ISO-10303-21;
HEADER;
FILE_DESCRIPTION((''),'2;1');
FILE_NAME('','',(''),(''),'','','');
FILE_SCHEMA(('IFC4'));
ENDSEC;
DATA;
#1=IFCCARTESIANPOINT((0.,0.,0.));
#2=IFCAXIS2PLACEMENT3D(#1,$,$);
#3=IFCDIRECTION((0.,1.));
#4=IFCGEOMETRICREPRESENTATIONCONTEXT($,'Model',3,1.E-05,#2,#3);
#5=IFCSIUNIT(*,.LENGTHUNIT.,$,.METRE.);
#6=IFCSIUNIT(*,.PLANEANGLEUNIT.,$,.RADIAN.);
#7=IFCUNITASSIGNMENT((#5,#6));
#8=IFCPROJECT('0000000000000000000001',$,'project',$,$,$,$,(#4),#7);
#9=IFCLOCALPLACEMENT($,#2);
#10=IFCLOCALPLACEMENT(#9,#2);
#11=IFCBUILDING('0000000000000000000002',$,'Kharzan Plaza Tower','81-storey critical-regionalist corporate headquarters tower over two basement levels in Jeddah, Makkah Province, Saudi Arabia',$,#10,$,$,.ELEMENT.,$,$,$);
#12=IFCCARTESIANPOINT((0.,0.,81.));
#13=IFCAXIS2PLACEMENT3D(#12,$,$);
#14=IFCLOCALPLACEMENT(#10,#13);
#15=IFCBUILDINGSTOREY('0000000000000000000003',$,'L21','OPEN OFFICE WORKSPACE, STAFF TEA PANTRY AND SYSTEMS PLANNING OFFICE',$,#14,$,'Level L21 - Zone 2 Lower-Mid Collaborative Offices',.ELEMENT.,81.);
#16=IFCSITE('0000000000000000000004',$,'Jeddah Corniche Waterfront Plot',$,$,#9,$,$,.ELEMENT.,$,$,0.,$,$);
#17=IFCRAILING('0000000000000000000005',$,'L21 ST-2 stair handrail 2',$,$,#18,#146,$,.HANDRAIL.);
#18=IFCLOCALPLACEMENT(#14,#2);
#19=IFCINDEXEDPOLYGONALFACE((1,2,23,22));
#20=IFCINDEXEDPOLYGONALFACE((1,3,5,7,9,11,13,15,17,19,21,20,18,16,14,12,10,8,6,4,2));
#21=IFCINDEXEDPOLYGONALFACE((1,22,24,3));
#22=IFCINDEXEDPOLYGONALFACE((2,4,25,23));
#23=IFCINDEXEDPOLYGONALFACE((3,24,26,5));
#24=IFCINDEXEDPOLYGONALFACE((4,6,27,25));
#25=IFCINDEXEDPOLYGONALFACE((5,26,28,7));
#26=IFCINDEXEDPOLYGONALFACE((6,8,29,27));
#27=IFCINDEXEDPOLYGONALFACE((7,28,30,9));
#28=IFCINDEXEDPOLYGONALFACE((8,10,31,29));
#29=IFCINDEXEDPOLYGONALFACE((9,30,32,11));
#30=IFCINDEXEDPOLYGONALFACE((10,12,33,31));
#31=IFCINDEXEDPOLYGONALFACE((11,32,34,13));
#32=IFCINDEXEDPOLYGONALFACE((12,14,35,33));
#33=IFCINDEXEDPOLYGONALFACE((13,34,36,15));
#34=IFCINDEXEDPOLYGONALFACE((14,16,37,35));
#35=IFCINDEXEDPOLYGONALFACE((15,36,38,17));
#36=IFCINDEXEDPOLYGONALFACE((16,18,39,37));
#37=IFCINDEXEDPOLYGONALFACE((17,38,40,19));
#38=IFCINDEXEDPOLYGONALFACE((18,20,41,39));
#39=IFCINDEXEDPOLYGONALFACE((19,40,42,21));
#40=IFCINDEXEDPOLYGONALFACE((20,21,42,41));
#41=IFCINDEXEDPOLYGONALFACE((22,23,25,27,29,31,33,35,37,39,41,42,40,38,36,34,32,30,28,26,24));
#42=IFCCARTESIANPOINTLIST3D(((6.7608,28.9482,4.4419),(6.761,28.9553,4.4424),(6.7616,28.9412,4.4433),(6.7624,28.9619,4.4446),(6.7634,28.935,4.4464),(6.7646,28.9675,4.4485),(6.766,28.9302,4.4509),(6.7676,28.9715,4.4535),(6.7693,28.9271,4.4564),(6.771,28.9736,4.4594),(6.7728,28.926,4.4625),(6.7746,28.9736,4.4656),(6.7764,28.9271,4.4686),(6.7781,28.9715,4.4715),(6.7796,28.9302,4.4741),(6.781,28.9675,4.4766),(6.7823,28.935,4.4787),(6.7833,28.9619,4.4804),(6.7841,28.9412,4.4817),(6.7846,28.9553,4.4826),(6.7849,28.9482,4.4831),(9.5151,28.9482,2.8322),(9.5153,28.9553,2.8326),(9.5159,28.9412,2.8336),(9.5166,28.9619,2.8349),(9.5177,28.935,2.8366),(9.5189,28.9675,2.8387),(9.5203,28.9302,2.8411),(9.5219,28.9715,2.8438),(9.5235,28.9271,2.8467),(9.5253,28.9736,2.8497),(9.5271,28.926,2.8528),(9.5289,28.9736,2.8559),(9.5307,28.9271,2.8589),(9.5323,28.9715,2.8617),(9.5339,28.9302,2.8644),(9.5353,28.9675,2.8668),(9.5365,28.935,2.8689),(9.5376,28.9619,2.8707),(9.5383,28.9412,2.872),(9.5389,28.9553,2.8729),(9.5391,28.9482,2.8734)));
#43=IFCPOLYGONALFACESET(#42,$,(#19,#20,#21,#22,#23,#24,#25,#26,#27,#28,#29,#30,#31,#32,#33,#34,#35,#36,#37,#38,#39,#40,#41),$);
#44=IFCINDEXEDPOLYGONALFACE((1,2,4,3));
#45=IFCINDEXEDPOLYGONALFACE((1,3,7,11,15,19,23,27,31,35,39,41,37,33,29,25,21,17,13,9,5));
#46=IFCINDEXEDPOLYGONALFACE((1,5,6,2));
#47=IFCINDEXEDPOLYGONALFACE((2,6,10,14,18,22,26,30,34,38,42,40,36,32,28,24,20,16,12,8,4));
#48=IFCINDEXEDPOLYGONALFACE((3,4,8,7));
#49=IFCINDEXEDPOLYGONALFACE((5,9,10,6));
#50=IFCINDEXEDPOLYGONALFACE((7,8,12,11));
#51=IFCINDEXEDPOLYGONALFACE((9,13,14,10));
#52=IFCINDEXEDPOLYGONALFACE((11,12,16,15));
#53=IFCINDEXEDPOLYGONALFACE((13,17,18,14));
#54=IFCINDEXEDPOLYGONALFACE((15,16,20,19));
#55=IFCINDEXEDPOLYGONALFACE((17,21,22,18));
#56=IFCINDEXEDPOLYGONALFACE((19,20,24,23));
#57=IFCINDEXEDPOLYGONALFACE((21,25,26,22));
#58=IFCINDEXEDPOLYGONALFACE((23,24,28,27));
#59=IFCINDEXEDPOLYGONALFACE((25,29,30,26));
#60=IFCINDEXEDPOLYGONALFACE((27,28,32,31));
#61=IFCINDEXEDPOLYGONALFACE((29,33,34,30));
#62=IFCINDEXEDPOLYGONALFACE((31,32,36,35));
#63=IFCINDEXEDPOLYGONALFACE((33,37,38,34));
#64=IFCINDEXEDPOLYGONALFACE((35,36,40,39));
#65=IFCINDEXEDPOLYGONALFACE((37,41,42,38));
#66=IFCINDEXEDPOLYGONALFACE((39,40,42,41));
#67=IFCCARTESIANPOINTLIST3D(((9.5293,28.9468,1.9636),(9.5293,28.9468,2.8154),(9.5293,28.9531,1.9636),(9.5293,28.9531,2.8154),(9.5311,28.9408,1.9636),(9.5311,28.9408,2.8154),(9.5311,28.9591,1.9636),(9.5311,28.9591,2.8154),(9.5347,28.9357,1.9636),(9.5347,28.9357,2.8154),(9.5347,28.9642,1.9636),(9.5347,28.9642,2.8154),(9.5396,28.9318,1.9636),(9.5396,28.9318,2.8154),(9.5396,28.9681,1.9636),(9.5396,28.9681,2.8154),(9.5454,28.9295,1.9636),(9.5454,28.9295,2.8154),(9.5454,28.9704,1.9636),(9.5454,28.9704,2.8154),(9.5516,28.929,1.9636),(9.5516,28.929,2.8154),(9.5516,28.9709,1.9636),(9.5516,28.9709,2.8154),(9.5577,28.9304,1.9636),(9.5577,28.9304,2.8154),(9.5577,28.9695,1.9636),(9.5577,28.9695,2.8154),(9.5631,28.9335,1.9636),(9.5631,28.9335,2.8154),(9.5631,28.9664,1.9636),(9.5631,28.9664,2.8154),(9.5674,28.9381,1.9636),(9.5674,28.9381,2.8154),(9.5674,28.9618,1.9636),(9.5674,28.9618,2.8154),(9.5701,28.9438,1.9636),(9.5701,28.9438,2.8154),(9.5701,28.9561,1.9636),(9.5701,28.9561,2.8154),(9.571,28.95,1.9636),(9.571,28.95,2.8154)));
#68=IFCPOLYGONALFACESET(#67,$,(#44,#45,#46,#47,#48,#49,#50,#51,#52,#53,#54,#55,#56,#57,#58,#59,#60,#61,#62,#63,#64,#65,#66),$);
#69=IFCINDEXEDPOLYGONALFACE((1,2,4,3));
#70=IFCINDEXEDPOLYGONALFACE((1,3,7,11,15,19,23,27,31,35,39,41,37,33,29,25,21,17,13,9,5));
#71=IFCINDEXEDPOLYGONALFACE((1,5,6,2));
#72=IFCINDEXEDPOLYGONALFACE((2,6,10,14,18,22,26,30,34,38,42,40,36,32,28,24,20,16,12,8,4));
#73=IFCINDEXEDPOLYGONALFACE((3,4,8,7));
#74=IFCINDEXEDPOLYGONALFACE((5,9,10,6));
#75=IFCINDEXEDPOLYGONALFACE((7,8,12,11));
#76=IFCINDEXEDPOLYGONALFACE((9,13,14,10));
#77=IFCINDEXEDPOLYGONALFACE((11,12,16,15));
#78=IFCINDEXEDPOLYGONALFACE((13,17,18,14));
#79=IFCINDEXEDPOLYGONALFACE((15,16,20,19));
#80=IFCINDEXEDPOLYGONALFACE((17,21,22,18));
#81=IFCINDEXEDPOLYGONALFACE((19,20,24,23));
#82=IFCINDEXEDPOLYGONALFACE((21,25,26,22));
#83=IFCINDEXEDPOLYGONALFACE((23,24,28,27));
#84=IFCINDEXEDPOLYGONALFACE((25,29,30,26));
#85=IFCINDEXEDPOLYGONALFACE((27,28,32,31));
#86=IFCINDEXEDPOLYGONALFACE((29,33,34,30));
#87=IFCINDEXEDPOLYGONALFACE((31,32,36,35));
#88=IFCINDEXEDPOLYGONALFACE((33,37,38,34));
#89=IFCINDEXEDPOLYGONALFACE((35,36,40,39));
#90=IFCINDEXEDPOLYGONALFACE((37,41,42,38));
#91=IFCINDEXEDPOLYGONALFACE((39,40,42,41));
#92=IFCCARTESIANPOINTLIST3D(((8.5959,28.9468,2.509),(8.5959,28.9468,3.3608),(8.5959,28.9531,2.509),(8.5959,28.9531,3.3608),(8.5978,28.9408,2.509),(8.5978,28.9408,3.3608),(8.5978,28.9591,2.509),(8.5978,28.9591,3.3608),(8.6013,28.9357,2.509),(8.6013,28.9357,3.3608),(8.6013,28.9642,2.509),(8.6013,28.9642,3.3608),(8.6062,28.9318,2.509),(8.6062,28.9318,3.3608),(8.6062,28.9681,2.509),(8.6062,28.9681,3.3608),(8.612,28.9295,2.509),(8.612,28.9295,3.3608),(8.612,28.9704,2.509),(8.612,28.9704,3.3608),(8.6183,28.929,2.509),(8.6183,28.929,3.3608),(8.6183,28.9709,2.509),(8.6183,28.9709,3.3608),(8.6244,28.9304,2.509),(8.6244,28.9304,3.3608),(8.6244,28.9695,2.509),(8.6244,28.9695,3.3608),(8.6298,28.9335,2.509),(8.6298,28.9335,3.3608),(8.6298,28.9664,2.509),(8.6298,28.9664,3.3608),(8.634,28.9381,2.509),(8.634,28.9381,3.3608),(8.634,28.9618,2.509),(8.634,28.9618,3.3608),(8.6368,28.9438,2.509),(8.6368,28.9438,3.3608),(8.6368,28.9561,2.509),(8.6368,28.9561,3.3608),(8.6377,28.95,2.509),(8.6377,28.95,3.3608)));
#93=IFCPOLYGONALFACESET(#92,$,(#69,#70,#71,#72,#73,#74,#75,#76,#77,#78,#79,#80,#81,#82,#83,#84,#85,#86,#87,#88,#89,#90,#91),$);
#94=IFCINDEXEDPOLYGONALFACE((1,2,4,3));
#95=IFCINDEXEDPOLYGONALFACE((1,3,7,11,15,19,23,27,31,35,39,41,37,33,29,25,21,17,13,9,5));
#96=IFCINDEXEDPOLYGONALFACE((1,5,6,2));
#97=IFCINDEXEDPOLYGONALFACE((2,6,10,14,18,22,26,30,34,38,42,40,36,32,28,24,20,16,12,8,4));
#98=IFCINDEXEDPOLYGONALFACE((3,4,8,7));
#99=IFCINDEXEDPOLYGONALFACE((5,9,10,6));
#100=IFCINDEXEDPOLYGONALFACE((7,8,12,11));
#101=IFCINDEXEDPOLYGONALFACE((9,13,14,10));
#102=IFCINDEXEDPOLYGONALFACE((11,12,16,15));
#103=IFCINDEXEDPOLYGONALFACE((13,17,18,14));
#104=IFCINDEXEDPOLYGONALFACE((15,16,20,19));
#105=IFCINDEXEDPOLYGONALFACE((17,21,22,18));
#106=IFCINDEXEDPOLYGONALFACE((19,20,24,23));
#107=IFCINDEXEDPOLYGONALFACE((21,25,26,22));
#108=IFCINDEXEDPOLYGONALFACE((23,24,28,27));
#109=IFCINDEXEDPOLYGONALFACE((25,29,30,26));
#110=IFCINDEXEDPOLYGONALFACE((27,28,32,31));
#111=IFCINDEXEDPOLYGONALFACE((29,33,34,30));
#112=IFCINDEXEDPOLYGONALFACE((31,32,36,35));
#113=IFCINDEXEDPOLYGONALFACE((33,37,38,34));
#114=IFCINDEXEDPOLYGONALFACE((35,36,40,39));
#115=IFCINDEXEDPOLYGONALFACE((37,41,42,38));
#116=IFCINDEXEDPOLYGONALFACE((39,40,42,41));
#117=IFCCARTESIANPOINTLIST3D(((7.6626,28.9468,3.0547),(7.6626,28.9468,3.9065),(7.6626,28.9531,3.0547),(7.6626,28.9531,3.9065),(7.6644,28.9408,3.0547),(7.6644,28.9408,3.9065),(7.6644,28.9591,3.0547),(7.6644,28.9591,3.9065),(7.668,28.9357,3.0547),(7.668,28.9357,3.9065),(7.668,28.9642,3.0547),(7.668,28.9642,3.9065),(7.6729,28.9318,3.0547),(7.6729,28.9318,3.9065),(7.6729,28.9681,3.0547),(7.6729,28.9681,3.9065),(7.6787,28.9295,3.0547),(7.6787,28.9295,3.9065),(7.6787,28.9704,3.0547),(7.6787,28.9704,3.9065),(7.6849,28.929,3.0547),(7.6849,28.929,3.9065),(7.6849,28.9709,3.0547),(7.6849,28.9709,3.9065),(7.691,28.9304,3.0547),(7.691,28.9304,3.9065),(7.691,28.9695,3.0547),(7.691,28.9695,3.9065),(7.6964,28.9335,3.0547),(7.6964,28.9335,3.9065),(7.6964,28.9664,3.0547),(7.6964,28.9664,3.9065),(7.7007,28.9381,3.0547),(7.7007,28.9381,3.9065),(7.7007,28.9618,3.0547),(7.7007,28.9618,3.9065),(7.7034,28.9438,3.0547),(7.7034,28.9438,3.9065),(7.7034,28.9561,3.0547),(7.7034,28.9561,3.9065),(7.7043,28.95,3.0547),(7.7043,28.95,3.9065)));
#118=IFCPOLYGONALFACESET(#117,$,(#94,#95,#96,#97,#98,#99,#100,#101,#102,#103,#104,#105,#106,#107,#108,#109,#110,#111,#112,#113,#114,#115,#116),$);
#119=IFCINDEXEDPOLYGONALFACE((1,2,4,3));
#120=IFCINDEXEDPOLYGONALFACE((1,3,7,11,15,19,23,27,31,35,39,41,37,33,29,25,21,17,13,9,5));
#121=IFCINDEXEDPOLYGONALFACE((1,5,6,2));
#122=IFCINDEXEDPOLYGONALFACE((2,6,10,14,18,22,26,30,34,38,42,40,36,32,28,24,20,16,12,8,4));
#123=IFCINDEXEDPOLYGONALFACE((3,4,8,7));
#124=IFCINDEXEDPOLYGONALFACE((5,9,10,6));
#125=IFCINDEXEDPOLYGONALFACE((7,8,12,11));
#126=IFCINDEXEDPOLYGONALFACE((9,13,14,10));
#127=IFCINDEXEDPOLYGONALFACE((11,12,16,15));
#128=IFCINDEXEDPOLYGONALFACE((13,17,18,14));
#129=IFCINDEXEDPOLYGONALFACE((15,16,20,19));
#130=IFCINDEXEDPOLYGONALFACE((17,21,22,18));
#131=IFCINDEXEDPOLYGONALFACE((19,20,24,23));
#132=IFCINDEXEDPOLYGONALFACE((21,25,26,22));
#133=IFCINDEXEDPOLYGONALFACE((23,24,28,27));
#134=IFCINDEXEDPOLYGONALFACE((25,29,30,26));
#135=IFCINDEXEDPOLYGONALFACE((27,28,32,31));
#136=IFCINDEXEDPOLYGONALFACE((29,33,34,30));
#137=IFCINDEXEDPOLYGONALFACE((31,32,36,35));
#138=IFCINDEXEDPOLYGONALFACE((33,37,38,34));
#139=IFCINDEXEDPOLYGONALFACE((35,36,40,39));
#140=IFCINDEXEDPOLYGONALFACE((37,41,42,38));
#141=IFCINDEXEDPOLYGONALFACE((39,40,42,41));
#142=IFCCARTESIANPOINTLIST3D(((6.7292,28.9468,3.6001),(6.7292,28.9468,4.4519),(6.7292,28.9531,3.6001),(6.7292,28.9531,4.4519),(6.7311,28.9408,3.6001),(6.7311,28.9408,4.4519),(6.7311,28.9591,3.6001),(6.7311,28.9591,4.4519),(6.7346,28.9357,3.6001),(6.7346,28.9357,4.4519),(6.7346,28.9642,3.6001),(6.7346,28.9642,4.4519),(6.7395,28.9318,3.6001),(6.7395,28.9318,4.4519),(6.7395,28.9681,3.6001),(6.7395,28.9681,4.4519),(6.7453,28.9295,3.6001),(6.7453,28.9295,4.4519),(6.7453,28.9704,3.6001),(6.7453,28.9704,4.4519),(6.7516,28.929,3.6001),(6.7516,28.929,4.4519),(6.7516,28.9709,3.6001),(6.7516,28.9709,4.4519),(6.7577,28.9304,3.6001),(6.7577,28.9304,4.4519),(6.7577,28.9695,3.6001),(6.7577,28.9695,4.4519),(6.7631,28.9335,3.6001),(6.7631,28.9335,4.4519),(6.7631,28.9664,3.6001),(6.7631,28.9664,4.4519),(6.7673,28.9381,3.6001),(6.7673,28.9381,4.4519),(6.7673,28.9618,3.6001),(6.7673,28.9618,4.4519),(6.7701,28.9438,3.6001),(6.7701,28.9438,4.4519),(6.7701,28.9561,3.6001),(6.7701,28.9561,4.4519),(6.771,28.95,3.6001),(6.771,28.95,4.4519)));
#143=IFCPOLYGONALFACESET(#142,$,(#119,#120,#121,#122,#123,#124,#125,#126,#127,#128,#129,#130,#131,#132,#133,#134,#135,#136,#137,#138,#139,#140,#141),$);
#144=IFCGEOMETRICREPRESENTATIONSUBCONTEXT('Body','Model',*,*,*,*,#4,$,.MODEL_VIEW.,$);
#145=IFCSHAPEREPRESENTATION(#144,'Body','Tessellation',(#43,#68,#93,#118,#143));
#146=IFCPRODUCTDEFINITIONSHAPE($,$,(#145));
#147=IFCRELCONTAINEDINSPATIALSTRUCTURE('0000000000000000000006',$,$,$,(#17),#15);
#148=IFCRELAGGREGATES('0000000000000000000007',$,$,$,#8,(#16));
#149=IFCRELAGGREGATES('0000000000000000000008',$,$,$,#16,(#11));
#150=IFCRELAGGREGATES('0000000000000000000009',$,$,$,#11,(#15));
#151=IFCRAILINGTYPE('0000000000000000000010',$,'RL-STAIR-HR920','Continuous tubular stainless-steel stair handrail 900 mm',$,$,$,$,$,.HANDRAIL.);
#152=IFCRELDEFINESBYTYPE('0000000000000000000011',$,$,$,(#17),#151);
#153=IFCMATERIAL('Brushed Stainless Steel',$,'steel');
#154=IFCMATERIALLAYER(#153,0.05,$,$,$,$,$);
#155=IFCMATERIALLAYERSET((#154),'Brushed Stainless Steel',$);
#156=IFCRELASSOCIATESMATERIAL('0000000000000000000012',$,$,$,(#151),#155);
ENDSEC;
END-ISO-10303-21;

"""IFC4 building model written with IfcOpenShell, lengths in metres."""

from ifc_helpers import new_model, si_unit, direction, frame, origin, origin_2d, place, context, subcontext, project, spatial, circle, extrude, source, transform, mapped, material, layer, layer_set, type_object, element, save


model = new_model("IFC4")

# Units and contexts
model_context = context("Model", 3, precision=1e-05, world=origin(), true_north=direction((0.0, 1.0)))
body_context = subcontext(model_context, "Body", "Model", "MODEL_VIEW")
ifc_project = project(units=[si_unit("LENGTHUNIT", "METRE"), si_unit("PLANEANGLEUNIT", "RADIAN")], contexts=[model_context])

# Site, building, storey
site_placement = place(None, origin())
site = spatial("IfcSite", under=ifc_project, at=site_placement, Name="Jeddah Corniche Waterfront Plot", CompositionType="ELEMENT", RefElevation=0.0)
building_placement = place(site_placement, origin())
building = spatial("IfcBuilding", under=site, at=building_placement, Name="Kharzan Plaza Tower", Description="81-storey critical-regionalist corporate headquarters tower over two basement levels in Jeddah, Makkah Province, Saudi Arabia", CompositionType="ELEMENT")
storey_placement = place(building_placement, frame((0.0, 0.0, 81.0)))
storey = spatial("IfcBuildingStorey", under=building, at=storey_placement, Name="L21", Description="OPEN OFFICE WORKSPACE, STAFF TEA PANTRY AND SYSTEMS PLANNING OFFICE", LongName="Level L21 - Zone 2 Lower-Mid Collaborative Offices", CompositionType="ELEMENT", Elevation=81.0)

# Shared definitions
ifc_material_1 = material(Name="Brushed Stainless Steel", Category="steel")

# Railing
ifc_layer_1 = layer(ifc_material_1, 0.05)
ifc_layer_set_1 = layer_set([ifc_layer_1], Name="Brushed Stainless Steel")
railing_type_1 = type_object("IfcRailingType", Name="RL-STAIR-HR920", Description="Continuous tubular stainless-steel stair handrail 900 mm", PredefinedType="HANDRAIL", material=ifc_layer_set_1)
shared_shape_1 = source(origin(), body_context, "Body", "SweptSolid", [
    extrude(circle(Radius=0.0239, at=origin_2d()), frame((-0.0229, 0.0, 0.8892), z_axis=(-0.863361, 0.0, 0.504587), x_axis=(0.0, -1.0, 0.0)), (0.0, 0.0, 1.0), 3.1902),
    extrude(circle(Radius=0.021, at=origin_2d()), origin(), (0.0, 0.0, 1.0), 0.8518),
    extrude(circle(Radius=0.021, at=origin_2d()), frame((-0.9333, 0.0, 0.5454)), (0.0, 0.0, 1.0), 0.8518),
    extrude(circle(Radius=0.021, at=origin_2d()), frame((-1.8667, 0.0, 1.0911)), (0.0, 0.0, 1.0), 0.8518),
    extrude(circle(Radius=0.021, at=origin_2d()), frame((-2.8, 0.0, 1.6365)), (0.0, 0.0, 1.0), 0.8518),
])
railing_1_placement = place(storey_placement, frame((9.55, 28.95, 1.9636)))
element("IfcRailing", 1, at=railing_1_placement, inside=storey, type_object=railing_type_1, Name="L21 ST-2 stair handrail 2", PredefinedType="HANDRAIL", context=body_context, shape_type="MappedRepresentation", body=[
    mapped(shared_shape_1, transform((0.0, 0.0, 0.0), x_axis=(1.0, 0.0, 0.0), y_axis=(0.0, 1.0, 0.0), z_axis=(0.0, 0.0, 1.0))),
])

save(model, "model.ifc")
